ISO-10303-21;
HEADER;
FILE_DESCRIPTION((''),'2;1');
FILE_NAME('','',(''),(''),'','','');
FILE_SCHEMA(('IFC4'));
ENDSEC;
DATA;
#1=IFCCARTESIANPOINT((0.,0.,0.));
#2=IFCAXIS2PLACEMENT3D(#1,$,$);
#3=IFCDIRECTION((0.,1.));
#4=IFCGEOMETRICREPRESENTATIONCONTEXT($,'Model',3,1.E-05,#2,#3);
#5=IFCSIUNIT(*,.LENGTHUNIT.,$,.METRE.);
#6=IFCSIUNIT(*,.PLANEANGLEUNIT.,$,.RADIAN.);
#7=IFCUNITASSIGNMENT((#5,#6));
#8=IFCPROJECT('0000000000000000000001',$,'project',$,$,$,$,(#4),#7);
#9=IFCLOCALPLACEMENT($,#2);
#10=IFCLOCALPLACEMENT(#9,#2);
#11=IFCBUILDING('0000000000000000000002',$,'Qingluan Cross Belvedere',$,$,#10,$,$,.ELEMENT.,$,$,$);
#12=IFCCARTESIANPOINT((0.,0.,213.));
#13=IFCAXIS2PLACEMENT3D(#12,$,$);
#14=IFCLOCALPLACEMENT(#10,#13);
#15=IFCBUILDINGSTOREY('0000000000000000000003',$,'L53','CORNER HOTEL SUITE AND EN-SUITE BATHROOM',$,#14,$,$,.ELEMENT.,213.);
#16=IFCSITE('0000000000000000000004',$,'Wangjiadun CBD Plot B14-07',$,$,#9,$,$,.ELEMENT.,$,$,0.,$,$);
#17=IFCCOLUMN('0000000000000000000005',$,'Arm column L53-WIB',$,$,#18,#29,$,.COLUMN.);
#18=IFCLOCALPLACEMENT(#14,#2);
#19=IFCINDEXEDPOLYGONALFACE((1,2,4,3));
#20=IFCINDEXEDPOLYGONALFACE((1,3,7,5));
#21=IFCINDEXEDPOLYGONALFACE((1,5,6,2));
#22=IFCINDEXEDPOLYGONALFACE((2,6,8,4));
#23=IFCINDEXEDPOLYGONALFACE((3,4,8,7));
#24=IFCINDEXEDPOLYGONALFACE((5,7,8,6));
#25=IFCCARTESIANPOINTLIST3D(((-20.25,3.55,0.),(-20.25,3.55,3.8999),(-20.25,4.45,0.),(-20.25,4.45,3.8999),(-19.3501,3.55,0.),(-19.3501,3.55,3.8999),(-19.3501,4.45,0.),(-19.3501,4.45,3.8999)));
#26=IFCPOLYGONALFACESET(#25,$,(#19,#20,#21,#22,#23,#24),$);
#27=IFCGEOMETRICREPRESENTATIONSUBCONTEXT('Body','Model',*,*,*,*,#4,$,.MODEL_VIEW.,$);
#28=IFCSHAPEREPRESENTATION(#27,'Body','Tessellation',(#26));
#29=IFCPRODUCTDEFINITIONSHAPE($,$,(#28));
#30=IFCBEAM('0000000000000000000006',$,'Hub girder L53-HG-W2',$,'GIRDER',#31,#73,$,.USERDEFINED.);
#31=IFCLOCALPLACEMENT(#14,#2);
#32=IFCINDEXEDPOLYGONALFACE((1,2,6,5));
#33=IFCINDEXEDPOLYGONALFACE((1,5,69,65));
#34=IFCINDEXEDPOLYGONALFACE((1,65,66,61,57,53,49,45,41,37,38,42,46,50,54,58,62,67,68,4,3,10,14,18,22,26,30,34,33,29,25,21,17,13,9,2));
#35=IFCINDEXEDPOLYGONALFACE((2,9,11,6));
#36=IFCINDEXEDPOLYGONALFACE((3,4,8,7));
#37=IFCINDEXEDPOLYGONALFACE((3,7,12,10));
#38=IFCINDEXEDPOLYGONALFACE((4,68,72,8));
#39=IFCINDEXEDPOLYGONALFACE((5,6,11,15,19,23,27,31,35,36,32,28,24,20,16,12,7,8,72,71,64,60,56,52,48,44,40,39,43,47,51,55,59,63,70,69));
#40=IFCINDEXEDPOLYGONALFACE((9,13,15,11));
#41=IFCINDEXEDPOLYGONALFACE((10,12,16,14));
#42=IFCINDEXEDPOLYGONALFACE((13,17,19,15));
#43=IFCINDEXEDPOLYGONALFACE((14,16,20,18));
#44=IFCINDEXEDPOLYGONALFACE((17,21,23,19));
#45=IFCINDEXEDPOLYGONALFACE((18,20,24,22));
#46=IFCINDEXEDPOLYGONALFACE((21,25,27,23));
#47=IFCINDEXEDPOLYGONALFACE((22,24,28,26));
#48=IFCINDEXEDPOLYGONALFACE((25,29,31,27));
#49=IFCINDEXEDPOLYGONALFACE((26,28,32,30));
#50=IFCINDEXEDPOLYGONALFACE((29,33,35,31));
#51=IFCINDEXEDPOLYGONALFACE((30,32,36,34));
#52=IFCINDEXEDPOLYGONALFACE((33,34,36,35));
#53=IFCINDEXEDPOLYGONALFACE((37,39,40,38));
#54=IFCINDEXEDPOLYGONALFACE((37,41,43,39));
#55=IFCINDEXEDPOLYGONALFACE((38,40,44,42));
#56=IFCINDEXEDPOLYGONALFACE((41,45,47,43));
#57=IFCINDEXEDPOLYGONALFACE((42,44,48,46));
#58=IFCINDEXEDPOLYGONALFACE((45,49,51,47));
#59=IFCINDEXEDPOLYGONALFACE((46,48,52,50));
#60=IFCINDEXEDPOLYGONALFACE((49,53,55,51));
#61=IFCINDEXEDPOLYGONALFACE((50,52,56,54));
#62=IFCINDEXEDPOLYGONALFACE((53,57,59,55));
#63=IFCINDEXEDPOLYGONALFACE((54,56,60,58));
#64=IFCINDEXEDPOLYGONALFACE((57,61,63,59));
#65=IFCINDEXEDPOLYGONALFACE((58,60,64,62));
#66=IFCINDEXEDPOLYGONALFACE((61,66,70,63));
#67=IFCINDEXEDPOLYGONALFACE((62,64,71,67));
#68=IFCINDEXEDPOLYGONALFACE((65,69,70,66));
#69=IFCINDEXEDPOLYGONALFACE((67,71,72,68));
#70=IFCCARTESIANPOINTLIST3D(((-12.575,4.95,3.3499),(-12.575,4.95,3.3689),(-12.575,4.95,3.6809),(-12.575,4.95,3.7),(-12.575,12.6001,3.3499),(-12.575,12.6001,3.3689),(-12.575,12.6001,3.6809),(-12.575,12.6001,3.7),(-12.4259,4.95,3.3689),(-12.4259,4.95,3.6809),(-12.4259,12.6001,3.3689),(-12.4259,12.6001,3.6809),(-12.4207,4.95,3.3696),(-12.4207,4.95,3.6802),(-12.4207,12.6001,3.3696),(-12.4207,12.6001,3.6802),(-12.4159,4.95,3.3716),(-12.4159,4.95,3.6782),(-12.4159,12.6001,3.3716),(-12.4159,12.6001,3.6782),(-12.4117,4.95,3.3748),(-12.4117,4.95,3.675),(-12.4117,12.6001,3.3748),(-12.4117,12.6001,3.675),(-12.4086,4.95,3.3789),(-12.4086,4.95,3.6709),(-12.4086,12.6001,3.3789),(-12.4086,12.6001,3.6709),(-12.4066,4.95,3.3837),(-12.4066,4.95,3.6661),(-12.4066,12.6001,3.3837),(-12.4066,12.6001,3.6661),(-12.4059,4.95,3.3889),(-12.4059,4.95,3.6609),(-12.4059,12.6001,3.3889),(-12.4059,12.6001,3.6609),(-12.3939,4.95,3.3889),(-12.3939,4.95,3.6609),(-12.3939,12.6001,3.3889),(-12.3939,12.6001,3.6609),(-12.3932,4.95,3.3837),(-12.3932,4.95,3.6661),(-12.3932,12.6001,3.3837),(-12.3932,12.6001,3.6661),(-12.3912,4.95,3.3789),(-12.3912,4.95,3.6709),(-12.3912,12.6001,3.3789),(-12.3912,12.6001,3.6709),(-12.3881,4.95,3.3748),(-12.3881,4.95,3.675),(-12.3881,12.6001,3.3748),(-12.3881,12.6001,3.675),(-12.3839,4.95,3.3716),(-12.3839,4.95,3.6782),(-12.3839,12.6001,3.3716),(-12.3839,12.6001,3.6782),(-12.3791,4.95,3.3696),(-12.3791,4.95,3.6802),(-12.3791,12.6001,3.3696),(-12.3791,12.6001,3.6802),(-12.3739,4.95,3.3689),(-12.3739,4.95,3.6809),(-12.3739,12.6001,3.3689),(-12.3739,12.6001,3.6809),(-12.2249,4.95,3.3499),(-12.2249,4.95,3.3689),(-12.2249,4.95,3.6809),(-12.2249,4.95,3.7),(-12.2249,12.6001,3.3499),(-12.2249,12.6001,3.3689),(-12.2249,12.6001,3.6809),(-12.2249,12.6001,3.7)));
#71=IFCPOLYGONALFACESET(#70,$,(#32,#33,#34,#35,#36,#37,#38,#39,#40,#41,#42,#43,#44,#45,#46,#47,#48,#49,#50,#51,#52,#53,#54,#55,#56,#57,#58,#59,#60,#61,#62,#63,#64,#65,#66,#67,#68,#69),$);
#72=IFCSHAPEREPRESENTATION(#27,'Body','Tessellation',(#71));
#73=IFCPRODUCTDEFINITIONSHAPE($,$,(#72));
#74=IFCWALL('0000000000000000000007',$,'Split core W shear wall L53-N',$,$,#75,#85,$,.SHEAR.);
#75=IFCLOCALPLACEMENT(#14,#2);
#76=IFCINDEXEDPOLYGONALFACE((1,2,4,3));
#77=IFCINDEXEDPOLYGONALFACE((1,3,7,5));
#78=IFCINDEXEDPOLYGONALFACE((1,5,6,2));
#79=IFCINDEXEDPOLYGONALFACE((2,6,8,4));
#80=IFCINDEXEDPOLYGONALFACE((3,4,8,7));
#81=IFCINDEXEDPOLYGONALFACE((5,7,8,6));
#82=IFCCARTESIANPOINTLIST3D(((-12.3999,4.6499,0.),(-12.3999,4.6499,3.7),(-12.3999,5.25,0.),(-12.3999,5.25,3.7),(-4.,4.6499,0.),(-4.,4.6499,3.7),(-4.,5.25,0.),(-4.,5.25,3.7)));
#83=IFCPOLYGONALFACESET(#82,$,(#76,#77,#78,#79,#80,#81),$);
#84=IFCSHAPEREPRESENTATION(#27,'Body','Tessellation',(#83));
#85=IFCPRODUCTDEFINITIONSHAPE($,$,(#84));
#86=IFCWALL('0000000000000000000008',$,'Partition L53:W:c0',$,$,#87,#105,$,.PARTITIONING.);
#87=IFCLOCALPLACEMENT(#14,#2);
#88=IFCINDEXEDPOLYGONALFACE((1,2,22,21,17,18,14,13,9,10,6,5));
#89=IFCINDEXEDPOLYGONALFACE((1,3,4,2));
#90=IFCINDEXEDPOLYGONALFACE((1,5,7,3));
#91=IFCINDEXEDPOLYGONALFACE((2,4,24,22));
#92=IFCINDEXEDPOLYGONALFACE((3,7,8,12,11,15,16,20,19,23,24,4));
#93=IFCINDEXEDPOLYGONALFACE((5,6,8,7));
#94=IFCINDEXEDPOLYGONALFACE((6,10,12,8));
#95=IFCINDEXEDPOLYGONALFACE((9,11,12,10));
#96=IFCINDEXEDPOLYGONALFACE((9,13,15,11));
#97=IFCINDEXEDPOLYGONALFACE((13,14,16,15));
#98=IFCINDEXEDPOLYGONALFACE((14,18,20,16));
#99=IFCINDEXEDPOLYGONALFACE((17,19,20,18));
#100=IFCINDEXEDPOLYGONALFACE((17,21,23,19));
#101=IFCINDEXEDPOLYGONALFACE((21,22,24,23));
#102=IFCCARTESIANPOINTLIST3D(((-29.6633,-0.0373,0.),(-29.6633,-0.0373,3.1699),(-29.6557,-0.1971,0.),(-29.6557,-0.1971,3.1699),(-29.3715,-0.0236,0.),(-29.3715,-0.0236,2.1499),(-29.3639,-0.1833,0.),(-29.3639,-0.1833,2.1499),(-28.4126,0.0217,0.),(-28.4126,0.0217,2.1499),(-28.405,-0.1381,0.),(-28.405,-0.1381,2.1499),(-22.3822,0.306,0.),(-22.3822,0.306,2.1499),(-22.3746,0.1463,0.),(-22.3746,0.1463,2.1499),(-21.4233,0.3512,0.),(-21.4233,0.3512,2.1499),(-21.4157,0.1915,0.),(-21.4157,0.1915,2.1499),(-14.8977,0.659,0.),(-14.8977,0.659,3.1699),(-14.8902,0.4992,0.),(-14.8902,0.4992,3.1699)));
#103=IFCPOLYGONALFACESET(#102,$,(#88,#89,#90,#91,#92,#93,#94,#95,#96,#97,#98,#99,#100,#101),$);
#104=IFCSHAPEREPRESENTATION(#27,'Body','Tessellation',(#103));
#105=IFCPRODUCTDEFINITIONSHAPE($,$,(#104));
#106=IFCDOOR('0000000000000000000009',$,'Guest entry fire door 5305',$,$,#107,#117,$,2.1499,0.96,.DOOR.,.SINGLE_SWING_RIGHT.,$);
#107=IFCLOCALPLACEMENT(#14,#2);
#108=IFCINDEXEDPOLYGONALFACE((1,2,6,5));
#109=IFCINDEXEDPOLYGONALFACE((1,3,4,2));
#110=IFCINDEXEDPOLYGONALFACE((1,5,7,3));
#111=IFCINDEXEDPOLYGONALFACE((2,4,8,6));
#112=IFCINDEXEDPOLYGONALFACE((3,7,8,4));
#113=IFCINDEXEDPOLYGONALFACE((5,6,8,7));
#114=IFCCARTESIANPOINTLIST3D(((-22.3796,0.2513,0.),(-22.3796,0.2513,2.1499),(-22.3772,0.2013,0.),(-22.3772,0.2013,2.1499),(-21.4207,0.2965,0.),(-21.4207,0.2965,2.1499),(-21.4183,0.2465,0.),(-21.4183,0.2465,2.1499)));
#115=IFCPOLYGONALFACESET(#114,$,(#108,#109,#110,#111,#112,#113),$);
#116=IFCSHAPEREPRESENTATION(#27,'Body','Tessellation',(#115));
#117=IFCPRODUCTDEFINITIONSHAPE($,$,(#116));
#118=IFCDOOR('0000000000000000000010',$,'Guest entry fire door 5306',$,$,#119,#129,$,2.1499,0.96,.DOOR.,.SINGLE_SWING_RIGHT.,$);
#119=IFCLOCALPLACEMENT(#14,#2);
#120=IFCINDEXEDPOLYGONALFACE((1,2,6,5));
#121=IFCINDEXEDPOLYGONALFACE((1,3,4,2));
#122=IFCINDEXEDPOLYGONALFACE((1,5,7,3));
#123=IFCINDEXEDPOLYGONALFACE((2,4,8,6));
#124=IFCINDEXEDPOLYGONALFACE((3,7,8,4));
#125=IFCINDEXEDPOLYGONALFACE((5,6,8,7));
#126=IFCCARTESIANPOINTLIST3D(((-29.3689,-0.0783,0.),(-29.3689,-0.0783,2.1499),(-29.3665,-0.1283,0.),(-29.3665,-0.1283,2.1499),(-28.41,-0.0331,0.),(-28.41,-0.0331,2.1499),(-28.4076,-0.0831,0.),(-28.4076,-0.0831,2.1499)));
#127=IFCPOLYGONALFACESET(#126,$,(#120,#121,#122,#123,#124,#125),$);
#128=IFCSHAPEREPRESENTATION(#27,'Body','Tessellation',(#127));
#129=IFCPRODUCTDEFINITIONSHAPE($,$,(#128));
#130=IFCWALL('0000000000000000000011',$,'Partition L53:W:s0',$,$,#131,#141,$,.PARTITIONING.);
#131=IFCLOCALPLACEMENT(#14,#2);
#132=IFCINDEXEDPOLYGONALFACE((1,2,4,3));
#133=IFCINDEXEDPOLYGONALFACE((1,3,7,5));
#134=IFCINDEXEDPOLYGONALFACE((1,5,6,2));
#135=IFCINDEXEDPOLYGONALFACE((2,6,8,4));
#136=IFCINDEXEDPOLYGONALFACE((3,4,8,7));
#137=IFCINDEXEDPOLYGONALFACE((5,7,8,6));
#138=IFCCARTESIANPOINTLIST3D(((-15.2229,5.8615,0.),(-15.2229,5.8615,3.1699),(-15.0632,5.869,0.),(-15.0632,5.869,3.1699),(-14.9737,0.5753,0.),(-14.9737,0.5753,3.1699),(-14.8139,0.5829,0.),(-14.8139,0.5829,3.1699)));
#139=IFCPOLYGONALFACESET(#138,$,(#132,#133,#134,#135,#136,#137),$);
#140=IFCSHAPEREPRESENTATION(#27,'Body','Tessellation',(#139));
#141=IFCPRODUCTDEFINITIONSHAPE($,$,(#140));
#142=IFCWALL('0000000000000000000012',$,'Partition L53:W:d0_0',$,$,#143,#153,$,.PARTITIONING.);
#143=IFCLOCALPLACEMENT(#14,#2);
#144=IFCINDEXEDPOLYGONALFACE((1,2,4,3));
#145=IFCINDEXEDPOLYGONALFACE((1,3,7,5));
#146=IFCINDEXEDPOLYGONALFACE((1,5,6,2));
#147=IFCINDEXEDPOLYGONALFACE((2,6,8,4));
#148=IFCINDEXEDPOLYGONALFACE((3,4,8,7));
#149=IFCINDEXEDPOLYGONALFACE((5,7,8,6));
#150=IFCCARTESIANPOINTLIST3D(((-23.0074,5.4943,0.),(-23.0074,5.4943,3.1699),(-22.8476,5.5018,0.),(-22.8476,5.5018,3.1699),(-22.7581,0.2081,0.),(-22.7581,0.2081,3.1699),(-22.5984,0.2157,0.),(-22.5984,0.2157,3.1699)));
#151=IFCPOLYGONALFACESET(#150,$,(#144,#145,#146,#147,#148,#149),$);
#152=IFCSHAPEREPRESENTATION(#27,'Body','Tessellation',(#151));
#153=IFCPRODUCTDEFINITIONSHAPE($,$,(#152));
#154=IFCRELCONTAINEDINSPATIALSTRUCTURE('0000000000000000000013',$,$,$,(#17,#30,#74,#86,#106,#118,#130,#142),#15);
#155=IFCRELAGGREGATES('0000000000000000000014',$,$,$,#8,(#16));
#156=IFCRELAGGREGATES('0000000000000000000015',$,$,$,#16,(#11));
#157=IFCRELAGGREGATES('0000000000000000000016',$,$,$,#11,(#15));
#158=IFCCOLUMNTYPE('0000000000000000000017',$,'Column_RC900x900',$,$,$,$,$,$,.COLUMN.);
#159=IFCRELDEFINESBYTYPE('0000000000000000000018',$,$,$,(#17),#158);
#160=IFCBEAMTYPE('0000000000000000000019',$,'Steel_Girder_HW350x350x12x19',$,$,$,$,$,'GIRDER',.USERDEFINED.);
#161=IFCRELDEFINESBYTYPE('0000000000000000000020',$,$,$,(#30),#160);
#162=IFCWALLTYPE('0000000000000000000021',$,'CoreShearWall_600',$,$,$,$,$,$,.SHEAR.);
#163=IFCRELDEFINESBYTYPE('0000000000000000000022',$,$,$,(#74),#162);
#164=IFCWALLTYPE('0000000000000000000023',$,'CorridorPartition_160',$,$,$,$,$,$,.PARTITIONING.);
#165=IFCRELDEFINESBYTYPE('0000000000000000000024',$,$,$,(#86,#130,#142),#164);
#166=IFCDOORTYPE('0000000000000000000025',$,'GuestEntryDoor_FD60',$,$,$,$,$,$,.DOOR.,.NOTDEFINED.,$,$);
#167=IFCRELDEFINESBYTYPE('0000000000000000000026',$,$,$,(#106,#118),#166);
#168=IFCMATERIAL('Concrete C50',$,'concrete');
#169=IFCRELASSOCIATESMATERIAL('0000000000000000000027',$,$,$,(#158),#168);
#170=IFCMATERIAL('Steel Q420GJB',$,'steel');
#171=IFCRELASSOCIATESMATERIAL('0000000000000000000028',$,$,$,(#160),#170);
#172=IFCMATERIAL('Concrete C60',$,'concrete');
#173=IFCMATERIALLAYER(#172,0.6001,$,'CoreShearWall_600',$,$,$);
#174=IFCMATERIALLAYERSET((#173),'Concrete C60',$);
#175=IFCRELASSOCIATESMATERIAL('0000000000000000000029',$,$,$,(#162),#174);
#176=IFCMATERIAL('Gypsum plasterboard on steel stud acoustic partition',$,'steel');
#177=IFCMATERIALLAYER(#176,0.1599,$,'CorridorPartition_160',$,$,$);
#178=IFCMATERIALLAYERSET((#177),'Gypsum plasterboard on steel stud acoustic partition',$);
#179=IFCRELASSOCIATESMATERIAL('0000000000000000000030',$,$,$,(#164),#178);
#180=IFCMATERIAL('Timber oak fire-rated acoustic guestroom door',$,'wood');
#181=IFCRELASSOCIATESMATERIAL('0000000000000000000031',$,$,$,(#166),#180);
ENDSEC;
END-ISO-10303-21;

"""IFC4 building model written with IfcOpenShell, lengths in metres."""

from ifc_helpers import new_model, si_unit, direction, frame, frame_2d, origin, origin_2d, place, context, subcontext, project, spatial, rectangle, i_section, extrude, material, layer, layer_set, material_profile, profile_set, type_object, element, fill, save


model = new_model("IFC4")

# Units and contexts
model_context = context("Model", 3, precision=1e-05, world=origin(), true_north=direction((0.0, 1.0)))
body_context = subcontext(model_context, "Body", "Model", "MODEL_VIEW")
ifc_project = project(units=[si_unit("LENGTHUNIT", "METRE"), si_unit("PLANEANGLEUNIT", "RADIAN")], contexts=[model_context])

# Site, building, storey
site_placement = place(None, origin())
site = spatial("IfcSite", under=ifc_project, at=site_placement, Name="Wangjiadun CBD Plot B14-07", CompositionType="ELEMENT", RefElevation=0.0)
building_placement = place(site_placement, origin())
building = spatial("IfcBuilding", under=site, at=building_placement, Name="Qingluan Cross Belvedere", CompositionType="ELEMENT")
storey_placement = place(building_placement, frame((0.0, 0.0, 213.0)))
storey = spatial("IfcBuildingStorey", under=building, at=storey_placement, Name="L53", Description="CORNER HOTEL SUITE AND EN-SUITE BATHROOM", CompositionType="ELEMENT", Elevation=213.0)

# Column
ifc_material_1 = material(Name="Concrete C50", Category="concrete")
ifc_material_profile_1 = material_profile(ifc_material_1, rectangle(XDim=0.8999, YDim=0.8999, at=origin_2d()), Name="RC900x900")
ifc_profile_set_1 = profile_set([ifc_material_profile_1], Name="Concrete C50")
column_type = type_object("IfcColumnType", Name="Column_RC900x900", PredefinedType="COLUMN", material=ifc_profile_set_1)
column_placement = place(storey_placement, frame((-19.8, 4.0, 0.0), z_axis=(0.0, 0.0, 1.0), x_axis=(1.0, 0.0, 0.0)))
element("IfcColumn", 1, at=column_placement, inside=storey, type_object=column_type, Name="Arm column L53-WIB", PredefinedType="COLUMN", context=body_context, shape_type="SweptSolid", body=[
    extrude(rectangle(XDim=0.8999, YDim=0.8999, at=origin_2d()), origin(), (0.0, 0.0, 1.0), 3.8999),
])

# Beam
ifc_material_2 = material(Name="Steel Q420GJB", Category="steel")
ifc_material_profile_2 = material_profile(ifc_material_2, i_section(OverallWidth=0.3501, OverallDepth=0.3501, WebThickness=0.012, FlangeThickness=0.019, FilletRadius=0.02, at=origin_2d()), Name="HW350x350x12x19")
ifc_profile_set_2 = profile_set([ifc_material_profile_2], Name="Steel Q420GJB")
beam_type = type_object("IfcBeamType", Name="Steel_Girder_HW350x350x12x19", ElementType="GIRDER", PredefinedType="USERDEFINED", material=ifc_profile_set_2)
beam_placement = place(storey_placement, frame((-12.3999, 4.95, 3.5249), z_axis=(0.0, 1.0, 0.0), x_axis=(-1.0, 0.0, 0.0)))
element("IfcBeam", 2, at=beam_placement, inside=storey, type_object=beam_type, Name="Hub girder L53-HG-W2", ObjectType="GIRDER", PredefinedType="USERDEFINED", context=body_context, shape_type="SweptSolid", body=[
    extrude(i_section(OverallWidth=0.3501, OverallDepth=0.3501, WebThickness=0.012, FlangeThickness=0.019, FilletRadius=0.02, at=origin_2d()), origin(), (0.0, 0.0, 1.0), 7.6501),
])

# Wall
ifc_material_3 = material(Name="Concrete C60", Category="concrete")
ifc_layer_1 = layer(ifc_material_3, 0.6001, Name="CoreShearWall_600")
ifc_layer_set_1 = layer_set([ifc_layer_1], Name="Concrete C60")
wall_type_1 = type_object("IfcWallType", Name="CoreShearWall_600", PredefinedType="SHEAR", material=ifc_layer_set_1)
wall_1_placement = place(storey_placement, frame((-12.3999, 4.95, 0.0), z_axis=(0.0, 0.0, 1.0), x_axis=(1.0, 0.0, 0.0)))
element("IfcWall", 3, at=wall_1_placement, inside=storey, type_object=wall_type_1, Name="Split core W shear wall L53-N", PredefinedType="SHEAR", context=body_context, shape_type="SweptSolid", body=[
    extrude(rectangle(XDim=8.3999, YDim=0.6001, at=frame_2d((4.2, 0.0))), origin(), (0.0, 0.0, 1.0), 3.7),
])

# Wall, openings, doors
ifc_material_4 = material(Name="Gypsum plasterboard on steel stud acoustic partition", Category="steel")
ifc_layer_2 = layer(ifc_material_4, 0.1599, Name="CorridorPartition_160")
ifc_layer_set_2 = layer_set([ifc_layer_2], Name="Gypsum plasterboard on steel stud acoustic partition")
wall_type_2 = type_object("IfcWallType", Name="CorridorPartition_160", PredefinedType="PARTITIONING", material=ifc_layer_set_2)
wall_2_placement = place(storey_placement, frame((-14.8938, 0.5791, 0.0), z_axis=(0.0, 0.0, 1.0), x_axis=(-0.99889, -0.047104, 0.0)))
wall_2 = element("IfcWall", 4, at=wall_2_placement, inside=storey, type_object=wall_type_2, Name="Partition L53:W:c0", PredefinedType="PARTITIONING", context=body_context, shape_type="SweptSolid", body=[
    extrude(rectangle(XDim=14.782, YDim=0.1599, at=frame_2d((7.3911, 0.0))), origin(), (0.0, 0.0, 1.0), 3.1699),
])
opening_1_placement = place(wall_2_placement, frame((6.533, 0.0, 0.0)))
opening_1 = element("IfcOpeningElement", 5, at=opening_1_placement, cuts=wall_2, PredefinedType="OPENING", context=body_context, shape_type="SweptSolid", body=[
    extrude(rectangle(XDim=0.96, YDim=2.1499, at=frame_2d((0.48, 1.075))), frame((0.0, 0.0898, 0.0), z_axis=(0.0, -1.0, 0.0), x_axis=(1.0, 0.0, 0.0)), (0.0, 0.0, 1.0), 0.1799),
])
opening_2_placement = place(wall_2_placement, frame((13.53, 0.0, 0.0)))
opening_2 = element("IfcOpeningElement", 6, at=opening_2_placement, cuts=wall_2, PredefinedType="OPENING", context=body_context, shape_type="SweptSolid", body=[
    extrude(rectangle(XDim=0.96, YDim=2.1499, at=frame_2d((0.48, 1.075))), frame((0.0, 0.0898, 0.0), z_axis=(0.0, -1.0, 0.0), x_axis=(1.0, 0.0, 0.0)), (0.0, 0.0, 1.0), 0.1799),
])
ifc_material_5 = material(Name="Timber oak fire-rated acoustic guestroom door", Category="wood")
door_type_1 = type_object("IfcDoorType", Name="GuestEntryDoor_FD60", OperationType="NOTDEFINED", PredefinedType="DOOR", material=ifc_material_5)
door_1_placement = place(opening_1_placement, origin())
door_1 = element("IfcDoor", 7, at=door_1_placement, inside=storey, type_object=door_type_1, Name="Guest entry fire door 5305", OperationType="SINGLE_SWING_RIGHT", OverallHeight=2.1499, OverallWidth=0.96, PredefinedType="DOOR", context=body_context, shape_type="SweptSolid", body=[
    extrude(rectangle(XDim=0.96, YDim=2.1499, at=frame_2d((0.48, 1.075))), frame((0.0, 0.0249, 0.0), z_axis=(0.0, -1.0, 0.0), x_axis=(1.0, 0.0, 0.0)), (0.0, 0.0, 1.0), 0.05),
])
fill(opening_1, door_1)
door_2_placement = place(opening_2_placement, origin())
door_2 = element("IfcDoor", 8, at=door_2_placement, inside=storey, type_object=door_type_1, Name="Guest entry fire door 5306", OperationType="SINGLE_SWING_RIGHT", OverallHeight=2.1499, OverallWidth=0.96, PredefinedType="DOOR", context=body_context, shape_type="SweptSolid", body=[
    extrude(rectangle(XDim=0.96, YDim=2.1499, at=frame_2d((0.48, 1.075))), frame((0.0, 0.0249, 0.0), z_axis=(0.0, -1.0, 0.0), x_axis=(1.0, 0.0, 0.0)), (0.0, 0.0, 1.0), 0.05),
])
fill(opening_2, door_2)

# Walls
for number, where, z_axis, x_axis, name in (
    (9, (-14.8938, 0.5791, 0.0), (0.0, 0.0, 1.0), (-0.047103, 0.99889, 0.0), "Partition L53:W:s0"),
    (10, (-22.6782, 0.2119, 0.0), (0.0, 0.0, 1.0), (-0.047103, 0.99889, 0.0), "Partition L53:W:d0_0"),
):
    element("IfcWall", number, at=place(storey_placement, frame(where, z_axis=z_axis, x_axis=x_axis)), inside=storey, type_object=wall_type_2, Name=name, PredefinedType="PARTITIONING", context=body_context, shape_type="SweptSolid", body=[
        extrude(rectangle(XDim=5.292, YDim=0.1599, at=frame_2d((2.646, 0.0))), origin(), (0.0, 0.0, 1.0), 3.1699),
    ])

save(model, "model.ifc")
